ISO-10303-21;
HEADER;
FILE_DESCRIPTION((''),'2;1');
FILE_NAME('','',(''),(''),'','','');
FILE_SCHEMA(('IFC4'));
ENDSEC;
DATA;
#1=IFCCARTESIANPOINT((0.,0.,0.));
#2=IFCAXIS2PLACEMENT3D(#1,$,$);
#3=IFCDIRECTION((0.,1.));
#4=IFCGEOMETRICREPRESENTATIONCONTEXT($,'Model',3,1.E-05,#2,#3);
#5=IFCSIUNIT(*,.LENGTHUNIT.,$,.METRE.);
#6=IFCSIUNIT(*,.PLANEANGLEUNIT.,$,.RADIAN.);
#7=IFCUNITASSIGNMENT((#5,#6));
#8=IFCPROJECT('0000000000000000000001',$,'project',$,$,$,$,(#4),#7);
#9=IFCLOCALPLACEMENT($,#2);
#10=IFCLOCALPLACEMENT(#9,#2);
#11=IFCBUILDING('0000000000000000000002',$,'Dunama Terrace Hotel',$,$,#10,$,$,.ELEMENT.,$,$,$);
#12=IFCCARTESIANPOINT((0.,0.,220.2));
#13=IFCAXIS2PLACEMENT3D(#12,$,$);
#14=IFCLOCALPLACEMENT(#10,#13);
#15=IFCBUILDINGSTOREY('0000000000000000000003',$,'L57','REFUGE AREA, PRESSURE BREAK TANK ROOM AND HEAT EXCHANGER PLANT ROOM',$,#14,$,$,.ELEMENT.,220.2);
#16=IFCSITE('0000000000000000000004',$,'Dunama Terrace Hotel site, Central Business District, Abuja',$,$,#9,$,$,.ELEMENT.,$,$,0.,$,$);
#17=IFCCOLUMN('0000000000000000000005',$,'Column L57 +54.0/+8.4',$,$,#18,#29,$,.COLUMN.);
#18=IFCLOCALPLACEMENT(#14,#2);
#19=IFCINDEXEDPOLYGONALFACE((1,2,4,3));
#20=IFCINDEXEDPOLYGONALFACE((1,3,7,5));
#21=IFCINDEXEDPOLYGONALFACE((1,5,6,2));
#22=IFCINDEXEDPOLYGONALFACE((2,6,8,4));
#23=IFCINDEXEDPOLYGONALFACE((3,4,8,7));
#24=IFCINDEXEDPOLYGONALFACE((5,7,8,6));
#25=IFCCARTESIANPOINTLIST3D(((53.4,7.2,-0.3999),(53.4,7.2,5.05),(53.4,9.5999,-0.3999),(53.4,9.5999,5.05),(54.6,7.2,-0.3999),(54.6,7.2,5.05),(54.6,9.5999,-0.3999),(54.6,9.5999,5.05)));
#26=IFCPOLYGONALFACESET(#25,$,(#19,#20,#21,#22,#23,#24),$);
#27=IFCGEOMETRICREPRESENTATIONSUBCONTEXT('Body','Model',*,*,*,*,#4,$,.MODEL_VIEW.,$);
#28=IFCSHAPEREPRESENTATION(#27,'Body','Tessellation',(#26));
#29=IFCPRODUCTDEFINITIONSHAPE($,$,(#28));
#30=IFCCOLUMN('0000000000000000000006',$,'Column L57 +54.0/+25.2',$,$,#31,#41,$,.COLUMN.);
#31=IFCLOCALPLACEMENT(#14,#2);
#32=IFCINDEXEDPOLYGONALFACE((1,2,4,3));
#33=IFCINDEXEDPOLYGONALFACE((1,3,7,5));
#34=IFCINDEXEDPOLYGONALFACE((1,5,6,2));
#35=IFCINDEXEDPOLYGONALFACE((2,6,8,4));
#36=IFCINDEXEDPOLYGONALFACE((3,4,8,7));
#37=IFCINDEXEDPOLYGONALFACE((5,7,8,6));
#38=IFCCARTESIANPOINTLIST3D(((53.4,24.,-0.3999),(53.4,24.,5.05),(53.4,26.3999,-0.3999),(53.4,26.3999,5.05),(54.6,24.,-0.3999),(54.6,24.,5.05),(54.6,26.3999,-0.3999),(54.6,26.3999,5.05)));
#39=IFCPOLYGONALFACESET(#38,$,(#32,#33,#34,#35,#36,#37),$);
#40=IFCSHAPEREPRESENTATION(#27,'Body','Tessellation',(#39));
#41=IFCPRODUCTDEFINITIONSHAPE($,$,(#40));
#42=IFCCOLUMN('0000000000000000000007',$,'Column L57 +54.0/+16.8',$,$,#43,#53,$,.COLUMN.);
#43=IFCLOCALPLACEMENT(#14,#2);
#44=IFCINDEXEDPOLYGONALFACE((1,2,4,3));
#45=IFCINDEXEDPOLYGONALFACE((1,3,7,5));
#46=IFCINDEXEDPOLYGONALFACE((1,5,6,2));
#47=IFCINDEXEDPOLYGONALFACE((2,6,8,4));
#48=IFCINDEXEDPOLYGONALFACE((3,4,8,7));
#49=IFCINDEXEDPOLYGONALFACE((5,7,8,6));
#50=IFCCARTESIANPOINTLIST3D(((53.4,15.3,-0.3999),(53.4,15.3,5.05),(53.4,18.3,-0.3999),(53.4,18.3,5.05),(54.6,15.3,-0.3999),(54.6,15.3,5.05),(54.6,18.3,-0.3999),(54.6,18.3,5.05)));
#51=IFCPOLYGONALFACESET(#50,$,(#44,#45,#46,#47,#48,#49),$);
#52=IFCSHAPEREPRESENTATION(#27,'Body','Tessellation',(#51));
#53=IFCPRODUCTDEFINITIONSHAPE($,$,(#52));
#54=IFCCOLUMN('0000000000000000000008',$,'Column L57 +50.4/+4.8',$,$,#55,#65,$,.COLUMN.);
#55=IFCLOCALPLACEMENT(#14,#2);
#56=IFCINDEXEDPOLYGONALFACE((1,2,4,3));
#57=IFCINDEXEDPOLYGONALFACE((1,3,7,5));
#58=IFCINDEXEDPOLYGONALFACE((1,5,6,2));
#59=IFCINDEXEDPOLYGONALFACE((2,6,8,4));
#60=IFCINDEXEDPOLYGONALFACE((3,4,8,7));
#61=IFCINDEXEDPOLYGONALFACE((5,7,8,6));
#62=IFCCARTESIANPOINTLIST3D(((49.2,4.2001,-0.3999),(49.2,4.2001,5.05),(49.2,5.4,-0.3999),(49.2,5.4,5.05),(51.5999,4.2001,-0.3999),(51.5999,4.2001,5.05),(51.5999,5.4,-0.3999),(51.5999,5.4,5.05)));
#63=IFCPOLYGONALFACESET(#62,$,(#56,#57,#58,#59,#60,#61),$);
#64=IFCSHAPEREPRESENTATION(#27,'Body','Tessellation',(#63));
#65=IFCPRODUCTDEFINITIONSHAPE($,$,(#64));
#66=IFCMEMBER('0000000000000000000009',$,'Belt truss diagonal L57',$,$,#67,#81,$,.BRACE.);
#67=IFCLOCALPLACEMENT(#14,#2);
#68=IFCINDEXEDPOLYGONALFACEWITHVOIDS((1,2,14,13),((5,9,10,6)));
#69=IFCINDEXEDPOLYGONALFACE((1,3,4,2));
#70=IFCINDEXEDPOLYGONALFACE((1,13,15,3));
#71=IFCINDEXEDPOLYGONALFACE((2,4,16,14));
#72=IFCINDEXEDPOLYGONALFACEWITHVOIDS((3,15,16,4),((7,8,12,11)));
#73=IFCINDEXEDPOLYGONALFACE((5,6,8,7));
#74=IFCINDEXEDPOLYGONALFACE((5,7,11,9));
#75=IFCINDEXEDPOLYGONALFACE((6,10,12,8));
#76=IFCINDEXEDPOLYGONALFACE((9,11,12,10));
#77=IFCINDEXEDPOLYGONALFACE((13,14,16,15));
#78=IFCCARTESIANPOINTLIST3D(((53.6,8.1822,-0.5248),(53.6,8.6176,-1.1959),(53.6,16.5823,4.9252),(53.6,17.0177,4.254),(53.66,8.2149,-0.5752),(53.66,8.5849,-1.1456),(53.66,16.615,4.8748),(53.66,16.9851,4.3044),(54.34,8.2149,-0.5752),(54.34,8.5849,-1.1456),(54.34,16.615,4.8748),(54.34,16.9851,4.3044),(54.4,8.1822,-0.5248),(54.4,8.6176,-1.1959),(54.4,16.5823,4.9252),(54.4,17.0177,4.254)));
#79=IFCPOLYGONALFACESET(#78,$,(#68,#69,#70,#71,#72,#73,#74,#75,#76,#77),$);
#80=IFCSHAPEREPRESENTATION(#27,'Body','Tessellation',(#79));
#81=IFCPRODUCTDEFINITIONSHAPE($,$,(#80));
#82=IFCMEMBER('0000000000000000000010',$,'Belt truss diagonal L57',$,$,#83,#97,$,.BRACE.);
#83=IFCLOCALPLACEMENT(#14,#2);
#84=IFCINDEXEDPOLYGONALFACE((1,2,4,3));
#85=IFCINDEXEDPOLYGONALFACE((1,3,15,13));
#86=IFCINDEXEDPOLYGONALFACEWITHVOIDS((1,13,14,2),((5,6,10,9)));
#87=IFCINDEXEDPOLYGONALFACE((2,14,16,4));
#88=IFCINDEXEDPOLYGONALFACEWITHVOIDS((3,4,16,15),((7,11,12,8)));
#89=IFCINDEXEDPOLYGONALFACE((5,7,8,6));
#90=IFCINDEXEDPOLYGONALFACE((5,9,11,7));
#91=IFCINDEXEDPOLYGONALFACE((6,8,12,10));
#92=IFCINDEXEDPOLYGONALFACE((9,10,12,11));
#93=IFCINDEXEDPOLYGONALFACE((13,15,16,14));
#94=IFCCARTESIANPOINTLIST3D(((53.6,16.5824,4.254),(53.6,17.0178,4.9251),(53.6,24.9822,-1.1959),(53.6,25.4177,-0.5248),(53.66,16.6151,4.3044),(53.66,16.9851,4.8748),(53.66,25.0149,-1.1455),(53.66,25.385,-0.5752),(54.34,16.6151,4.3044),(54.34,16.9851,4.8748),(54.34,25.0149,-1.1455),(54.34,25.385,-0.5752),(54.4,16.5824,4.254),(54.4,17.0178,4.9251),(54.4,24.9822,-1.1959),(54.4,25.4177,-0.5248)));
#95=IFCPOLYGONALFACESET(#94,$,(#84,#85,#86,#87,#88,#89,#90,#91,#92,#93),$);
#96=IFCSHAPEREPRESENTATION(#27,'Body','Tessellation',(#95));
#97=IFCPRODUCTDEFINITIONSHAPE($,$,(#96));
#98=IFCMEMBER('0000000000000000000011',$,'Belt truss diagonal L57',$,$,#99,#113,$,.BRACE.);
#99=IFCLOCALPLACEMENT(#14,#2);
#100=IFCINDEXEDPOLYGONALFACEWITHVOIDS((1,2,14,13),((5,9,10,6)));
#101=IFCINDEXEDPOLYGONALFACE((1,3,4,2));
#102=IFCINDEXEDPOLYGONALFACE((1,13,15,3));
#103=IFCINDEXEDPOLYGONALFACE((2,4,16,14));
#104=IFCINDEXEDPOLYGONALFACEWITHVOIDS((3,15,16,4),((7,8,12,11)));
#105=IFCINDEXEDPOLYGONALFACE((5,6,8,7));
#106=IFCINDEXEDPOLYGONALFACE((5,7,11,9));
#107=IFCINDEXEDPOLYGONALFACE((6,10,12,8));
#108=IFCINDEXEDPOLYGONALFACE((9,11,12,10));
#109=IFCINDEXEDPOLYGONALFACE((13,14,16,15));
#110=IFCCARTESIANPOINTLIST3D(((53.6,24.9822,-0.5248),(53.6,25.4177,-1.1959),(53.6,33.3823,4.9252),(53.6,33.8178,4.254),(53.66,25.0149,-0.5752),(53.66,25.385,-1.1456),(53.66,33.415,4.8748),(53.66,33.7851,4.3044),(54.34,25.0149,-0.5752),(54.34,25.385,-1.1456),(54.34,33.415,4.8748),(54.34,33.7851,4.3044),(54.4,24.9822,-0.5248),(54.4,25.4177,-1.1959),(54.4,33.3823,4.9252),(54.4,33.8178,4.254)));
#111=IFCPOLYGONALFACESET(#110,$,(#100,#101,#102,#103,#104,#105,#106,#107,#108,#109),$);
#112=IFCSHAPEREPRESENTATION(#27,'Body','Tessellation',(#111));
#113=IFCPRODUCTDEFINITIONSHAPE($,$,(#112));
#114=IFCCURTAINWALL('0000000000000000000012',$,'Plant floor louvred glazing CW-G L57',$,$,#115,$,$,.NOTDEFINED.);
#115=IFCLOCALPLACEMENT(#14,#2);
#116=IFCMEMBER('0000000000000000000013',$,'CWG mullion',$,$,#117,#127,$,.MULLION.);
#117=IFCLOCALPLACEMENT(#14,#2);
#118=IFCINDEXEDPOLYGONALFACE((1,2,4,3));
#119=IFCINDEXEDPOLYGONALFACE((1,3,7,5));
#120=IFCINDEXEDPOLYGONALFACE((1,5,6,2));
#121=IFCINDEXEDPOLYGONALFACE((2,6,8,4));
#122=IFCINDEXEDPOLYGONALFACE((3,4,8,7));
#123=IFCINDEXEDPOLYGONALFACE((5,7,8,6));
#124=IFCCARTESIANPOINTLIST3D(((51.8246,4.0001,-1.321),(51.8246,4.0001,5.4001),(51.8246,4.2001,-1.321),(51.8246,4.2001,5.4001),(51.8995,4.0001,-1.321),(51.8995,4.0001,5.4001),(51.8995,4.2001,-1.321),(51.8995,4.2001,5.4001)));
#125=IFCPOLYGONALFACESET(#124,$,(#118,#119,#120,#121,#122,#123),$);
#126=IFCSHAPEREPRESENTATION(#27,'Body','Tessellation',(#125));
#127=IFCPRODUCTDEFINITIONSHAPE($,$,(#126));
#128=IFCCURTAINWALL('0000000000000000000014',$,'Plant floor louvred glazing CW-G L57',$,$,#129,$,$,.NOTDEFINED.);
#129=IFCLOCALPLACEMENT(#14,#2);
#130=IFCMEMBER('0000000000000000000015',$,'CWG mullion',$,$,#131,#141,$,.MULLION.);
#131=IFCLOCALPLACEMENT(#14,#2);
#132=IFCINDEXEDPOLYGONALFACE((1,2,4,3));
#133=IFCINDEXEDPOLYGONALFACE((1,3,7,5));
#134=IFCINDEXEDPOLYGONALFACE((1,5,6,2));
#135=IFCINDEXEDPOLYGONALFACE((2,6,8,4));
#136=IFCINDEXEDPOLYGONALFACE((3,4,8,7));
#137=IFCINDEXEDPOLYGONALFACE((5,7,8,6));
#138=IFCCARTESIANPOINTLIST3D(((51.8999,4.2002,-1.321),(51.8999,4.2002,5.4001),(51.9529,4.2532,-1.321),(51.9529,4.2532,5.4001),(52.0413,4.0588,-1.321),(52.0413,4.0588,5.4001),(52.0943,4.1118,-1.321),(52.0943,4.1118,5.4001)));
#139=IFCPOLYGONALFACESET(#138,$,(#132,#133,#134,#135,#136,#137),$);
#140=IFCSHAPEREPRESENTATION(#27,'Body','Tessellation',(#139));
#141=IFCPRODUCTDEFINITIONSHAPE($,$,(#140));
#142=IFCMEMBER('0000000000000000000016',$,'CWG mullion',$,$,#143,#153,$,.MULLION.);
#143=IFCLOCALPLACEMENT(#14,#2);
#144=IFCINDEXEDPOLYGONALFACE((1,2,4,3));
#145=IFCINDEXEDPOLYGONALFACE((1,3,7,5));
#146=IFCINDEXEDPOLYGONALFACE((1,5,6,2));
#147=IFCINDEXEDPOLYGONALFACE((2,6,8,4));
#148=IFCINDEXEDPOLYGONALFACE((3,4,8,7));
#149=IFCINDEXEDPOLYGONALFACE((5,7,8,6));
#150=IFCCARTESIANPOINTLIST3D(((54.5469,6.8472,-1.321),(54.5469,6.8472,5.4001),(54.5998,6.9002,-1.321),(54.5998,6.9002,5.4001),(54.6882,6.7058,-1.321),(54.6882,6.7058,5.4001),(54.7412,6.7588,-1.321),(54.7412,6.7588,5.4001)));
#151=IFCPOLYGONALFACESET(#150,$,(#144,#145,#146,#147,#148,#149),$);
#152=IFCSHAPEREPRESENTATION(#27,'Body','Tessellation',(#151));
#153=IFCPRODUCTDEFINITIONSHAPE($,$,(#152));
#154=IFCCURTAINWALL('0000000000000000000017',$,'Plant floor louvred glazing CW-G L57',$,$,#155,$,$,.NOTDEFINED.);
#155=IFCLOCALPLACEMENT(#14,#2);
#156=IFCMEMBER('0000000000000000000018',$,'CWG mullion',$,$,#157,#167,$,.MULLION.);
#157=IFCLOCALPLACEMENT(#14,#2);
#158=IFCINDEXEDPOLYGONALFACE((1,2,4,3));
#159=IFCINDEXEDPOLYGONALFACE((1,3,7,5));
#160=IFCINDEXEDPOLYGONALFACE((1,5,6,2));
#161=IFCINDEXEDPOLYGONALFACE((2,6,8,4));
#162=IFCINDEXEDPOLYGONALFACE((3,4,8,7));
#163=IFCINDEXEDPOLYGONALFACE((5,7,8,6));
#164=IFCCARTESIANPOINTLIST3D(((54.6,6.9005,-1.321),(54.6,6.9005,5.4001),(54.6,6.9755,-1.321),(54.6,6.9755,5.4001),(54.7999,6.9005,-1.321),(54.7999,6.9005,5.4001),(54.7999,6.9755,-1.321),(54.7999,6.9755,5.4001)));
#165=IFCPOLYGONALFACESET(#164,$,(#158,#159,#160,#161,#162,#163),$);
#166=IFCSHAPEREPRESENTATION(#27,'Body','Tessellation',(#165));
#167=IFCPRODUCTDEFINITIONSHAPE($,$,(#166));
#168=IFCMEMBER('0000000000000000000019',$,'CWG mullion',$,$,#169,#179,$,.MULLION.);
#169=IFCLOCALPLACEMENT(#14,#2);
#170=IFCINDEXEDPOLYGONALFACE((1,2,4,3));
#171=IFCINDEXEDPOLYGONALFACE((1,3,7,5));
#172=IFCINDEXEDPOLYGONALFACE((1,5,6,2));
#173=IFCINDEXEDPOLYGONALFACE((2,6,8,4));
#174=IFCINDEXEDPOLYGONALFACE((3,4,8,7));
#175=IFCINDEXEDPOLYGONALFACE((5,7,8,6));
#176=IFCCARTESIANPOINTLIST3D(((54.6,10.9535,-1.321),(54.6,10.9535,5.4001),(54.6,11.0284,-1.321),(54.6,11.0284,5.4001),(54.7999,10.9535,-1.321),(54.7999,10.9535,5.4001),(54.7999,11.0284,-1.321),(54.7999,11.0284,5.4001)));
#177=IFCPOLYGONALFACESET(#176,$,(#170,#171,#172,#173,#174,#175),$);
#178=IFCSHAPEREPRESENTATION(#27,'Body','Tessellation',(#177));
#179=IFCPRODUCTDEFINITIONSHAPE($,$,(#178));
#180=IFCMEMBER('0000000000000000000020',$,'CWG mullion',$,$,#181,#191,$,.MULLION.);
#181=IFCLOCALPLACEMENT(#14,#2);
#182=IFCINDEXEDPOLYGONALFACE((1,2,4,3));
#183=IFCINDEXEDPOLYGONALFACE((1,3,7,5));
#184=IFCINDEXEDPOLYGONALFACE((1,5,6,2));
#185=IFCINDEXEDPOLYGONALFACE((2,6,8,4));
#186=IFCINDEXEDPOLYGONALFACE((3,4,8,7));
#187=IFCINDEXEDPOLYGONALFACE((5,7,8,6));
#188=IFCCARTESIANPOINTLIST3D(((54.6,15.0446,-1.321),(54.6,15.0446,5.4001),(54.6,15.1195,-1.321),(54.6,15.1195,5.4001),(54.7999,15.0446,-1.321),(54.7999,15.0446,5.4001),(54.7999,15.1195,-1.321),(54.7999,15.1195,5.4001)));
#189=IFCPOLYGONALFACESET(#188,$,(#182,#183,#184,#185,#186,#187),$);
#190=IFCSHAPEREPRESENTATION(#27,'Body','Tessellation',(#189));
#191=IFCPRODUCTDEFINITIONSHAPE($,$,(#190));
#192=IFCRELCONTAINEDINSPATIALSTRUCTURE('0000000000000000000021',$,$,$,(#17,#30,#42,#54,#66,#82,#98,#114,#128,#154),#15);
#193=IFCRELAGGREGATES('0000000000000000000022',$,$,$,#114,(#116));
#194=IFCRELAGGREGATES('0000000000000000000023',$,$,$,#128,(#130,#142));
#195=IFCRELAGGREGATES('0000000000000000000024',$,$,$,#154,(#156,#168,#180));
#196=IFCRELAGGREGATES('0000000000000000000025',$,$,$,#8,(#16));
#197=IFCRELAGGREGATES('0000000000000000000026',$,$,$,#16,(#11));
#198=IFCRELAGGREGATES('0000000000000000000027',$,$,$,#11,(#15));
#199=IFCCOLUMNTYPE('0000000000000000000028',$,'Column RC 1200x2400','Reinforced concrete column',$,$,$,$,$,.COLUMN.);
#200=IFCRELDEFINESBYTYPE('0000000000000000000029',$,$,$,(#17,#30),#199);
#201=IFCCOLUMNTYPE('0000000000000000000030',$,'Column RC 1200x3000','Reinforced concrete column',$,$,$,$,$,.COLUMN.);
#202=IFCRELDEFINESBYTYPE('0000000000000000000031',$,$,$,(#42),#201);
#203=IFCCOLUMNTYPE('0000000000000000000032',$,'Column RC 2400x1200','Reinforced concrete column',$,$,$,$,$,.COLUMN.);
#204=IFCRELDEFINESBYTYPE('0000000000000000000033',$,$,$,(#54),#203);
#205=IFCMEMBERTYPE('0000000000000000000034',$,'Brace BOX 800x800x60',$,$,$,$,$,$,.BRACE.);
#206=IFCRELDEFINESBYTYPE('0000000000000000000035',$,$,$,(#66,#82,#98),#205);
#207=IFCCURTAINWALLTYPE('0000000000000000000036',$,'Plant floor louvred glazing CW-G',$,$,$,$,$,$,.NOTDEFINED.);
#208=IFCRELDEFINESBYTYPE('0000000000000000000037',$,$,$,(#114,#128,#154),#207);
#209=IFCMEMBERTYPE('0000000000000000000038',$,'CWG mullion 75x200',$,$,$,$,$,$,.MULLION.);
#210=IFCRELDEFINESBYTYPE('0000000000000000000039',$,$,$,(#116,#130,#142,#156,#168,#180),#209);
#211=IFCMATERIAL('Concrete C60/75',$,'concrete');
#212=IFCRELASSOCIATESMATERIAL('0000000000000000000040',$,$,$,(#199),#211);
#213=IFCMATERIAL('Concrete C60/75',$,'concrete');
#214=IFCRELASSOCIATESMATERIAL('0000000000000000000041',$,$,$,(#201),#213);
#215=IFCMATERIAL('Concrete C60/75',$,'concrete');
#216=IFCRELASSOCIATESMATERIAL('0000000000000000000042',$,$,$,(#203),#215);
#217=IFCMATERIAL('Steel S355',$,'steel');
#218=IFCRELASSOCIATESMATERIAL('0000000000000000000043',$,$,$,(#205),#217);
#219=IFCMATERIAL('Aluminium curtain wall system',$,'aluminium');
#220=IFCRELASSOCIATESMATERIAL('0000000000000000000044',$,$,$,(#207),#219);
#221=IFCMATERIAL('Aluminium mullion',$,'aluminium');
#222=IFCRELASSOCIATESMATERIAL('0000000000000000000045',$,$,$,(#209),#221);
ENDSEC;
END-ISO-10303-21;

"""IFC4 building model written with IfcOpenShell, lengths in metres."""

from ifc_helpers import new_model, si_unit, direction, frame, origin, origin_2d, place, context, subcontext, project, spatial, rectangle, hollow_rectangle, extrude, material, material_profile, profile_set, type_object, element, aggregate, save


model = new_model("IFC4")

# Units and contexts
model_context = context("Model", 3, precision=1e-05, world=origin(), true_north=direction((0.0, 1.0)))
body_context = subcontext(model_context, "Body", "Model", "MODEL_VIEW")
ifc_project = project(units=[si_unit("LENGTHUNIT", "METRE"), si_unit("PLANEANGLEUNIT", "RADIAN")], contexts=[model_context])

# Site, building, storey
site_placement = place(None, origin())
site = spatial("IfcSite", under=ifc_project, at=site_placement, Name="Dunama Terrace Hotel site, Central Business District, Abuja", CompositionType="ELEMENT", RefElevation=0.0)
building_placement = place(site_placement, origin())
building = spatial("IfcBuilding", under=site, at=building_placement, Name="Dunama Terrace Hotel", CompositionType="ELEMENT")
storey_placement = place(building_placement, frame((0.0, 0.0, 220.2)))
storey = spatial("IfcBuildingStorey", under=building, at=storey_placement, Name="L57", Description="REFUGE AREA, PRESSURE BREAK TANK ROOM AND HEAT EXCHANGER PLANT ROOM", CompositionType="ELEMENT", Elevation=220.2)

# Columns
ifc_material_1 = material(Name="Concrete C60/75", Category="concrete")
ifc_material_profile_1 = material_profile(ifc_material_1, rectangle(XDim=1.2, YDim=2.3999, at=origin_2d()), Name="RC 1200x2400")
ifc_profile_set_1 = profile_set([ifc_material_profile_1], Name="Concrete C60/75")
column_type_1 = type_object("IfcColumnType", Name="Column RC 1200x2400", Description="Reinforced concrete column", PredefinedType="COLUMN", material=ifc_profile_set_1)
for number, where, z_axis, x_axis, name in (
    (1, (54.0, 8.3999, -0.3999), (0.0, 0.0, 1.0), (1.0, 0.0, 0.0), "Column L57 +54.0/+8.4"),
    (2, (54.0, 25.2, -0.3999), (0.0, 0.0, 1.0), (1.0, 0.0, 0.0), "Column L57 +54.0/+25.2"),
):
    element("IfcColumn", number, at=place(storey_placement, frame(where, z_axis=z_axis, x_axis=x_axis)), inside=storey, type_object=column_type_1, Name=name, PredefinedType="COLUMN", context=body_context, shape_type="SweptSolid", body=[
        extrude(rectangle(XDim=1.2, YDim=2.3999, at=origin_2d()), origin(), (0.0, 0.0, 1.0), 5.45),
    ])
ifc_material_2 = material(Name="Concrete C60/75", Category="concrete")
ifc_material_profile_2 = material_profile(ifc_material_2, rectangle(XDim=1.2, YDim=3.0, at=origin_2d()), Name="RC 1200x3000")
ifc_profile_set_2 = profile_set([ifc_material_profile_2], Name="Concrete C60/75")
column_type_2 = type_object("IfcColumnType", Name="Column RC 1200x3000", Description="Reinforced concrete column", PredefinedType="COLUMN", material=ifc_profile_set_2)
column_1_placement = place(storey_placement, frame((54.0, 16.8, -0.3999), z_axis=(0.0, 0.0, 1.0), x_axis=(1.0, 0.0, 0.0)))
element("IfcColumn", 3, at=column_1_placement, inside=storey, type_object=column_type_2, Name="Column L57 +54.0/+16.8", PredefinedType="COLUMN", context=body_context, shape_type="SweptSolid", body=[
    extrude(rectangle(XDim=1.2, YDim=3.0, at=origin_2d()), origin(), (0.0, 0.0, 1.0), 5.45),
])
ifc_material_3 = material(Name="Concrete C60/75", Category="concrete")
ifc_material_profile_3 = material_profile(ifc_material_3, rectangle(XDim=2.3999, YDim=1.2, at=origin_2d()), Name="RC 2400x1200")
ifc_profile_set_3 = profile_set([ifc_material_profile_3], Name="Concrete C60/75")
column_type_3 = type_object("IfcColumnType", Name="Column RC 2400x1200", Description="Reinforced concrete column", PredefinedType="COLUMN", material=ifc_profile_set_3)
column_2_placement = place(storey_placement, frame((50.3999, 4.8, -0.3999), z_axis=(0.0, 0.0, 1.0), x_axis=(1.0, 0.0, 0.0)))
element("IfcColumn", 4, at=column_2_placement, inside=storey, type_object=column_type_3, Name="Column L57 +50.4/+4.8", PredefinedType="COLUMN", context=body_context, shape_type="SweptSolid", body=[
    extrude(rectangle(XDim=2.3999, YDim=1.2, at=origin_2d()), origin(), (0.0, 0.0, 1.0), 5.45),
])

# Members
ifc_material_4 = material(Name="Steel S355", Category="steel")
ifc_material_profile_4 = material_profile(ifc_material_4, hollow_rectangle(XDim=0.8, YDim=0.8, WallThickness=0.0601, at=origin_2d()), Name="BOX 800x800x60")
ifc_profile_set_4 = profile_set([ifc_material_profile_4], Name="Steel S355")
member_type_1 = type_object("IfcMemberType", Name="Brace BOX 800x800x60", PredefinedType="BRACE", material=ifc_profile_set_4)
member_1_placement = place(storey_placement, frame((54.0, 8.3999, -0.8604), z_axis=(0.0, 0.838906, 0.544276), x_axis=(-1.0, 0.0, 0.0)))
element("IfcMember", 5, at=member_1_placement, inside=storey, type_object=member_type_1, Name="Belt truss diagonal L57", PredefinedType="BRACE", context=body_context, shape_type="SweptSolid", body=[
    extrude(hollow_rectangle(XDim=0.8, YDim=0.8, WallThickness=0.0601, at=origin_2d()), origin(), (0.0, 0.0, 1.0), 10.0132),
])
member_2_placement = place(storey_placement, frame((54.0, 25.2, -0.8604), z_axis=(0.0, -0.838899, 0.544287), x_axis=(1.0, 0.0, 0.0)))
element("IfcMember", 6, at=member_2_placement, inside=storey, type_object=member_type_1, Name="Belt truss diagonal L57", PredefinedType="BRACE", context=body_context, shape_type="SweptSolid", body=[
    extrude(hollow_rectangle(XDim=0.8, YDim=0.8, WallThickness=0.0601, at=origin_2d()), origin(), (0.0, 0.0, 1.0), 10.0129),
])
member_3_placement = place(storey_placement, frame((54.0, 25.2, -0.8604), z_axis=(0.0, 0.838906, 0.544276), x_axis=(-1.0, 0.0, 0.0)))
element("IfcMember", 7, at=member_3_placement, inside=storey, type_object=member_type_1, Name="Belt truss diagonal L57", PredefinedType="BRACE", context=body_context, shape_type="SweptSolid", body=[
    extrude(hollow_rectangle(XDim=0.8, YDim=0.8, WallThickness=0.0601, at=origin_2d()), origin(), (0.0, 0.0, 1.0), 10.0132),
])

# Curtain wall, member
ifc_material_5 = material(Name="Aluminium curtain wall system", Category="aluminium")
curtain_wall_type = type_object("IfcCurtainWallType", Name="Plant floor louvred glazing CW-G", PredefinedType="NOTDEFINED", material=ifc_material_5)
curtain_wall_1_placement = place(storey_placement, origin())
curtain_wall_1 = element("IfcCurtainWall", 8, at=curtain_wall_1_placement, inside=storey, type_object=curtain_wall_type, Name="Plant floor louvred glazing CW-G L57", PredefinedType="NOTDEFINED")
ifc_material_6 = material(Name="Aluminium mullion", Category="aluminium")
ifc_material_profile_5 = material_profile(ifc_material_6, rectangle(XDim=0.075, YDim=0.2, at=origin_2d()), Name="CWG MULLION 75X200")
ifc_profile_set_5 = profile_set([ifc_material_profile_5], Name="Aluminium mullion")
member_type_2 = type_object("IfcMemberType", Name="CWG mullion 75x200", PredefinedType="MULLION", material=ifc_profile_set_5)
member_4_placement = place(storey_placement, frame((51.8621, 4.1001, -1.321), z_axis=(0.0, 0.0, 1.0), x_axis=(1.0, 0.0, 0.0)))
member_4 = element("IfcMember", 9, at=member_4_placement, type_object=member_type_2, Name="CWG mullion", PredefinedType="MULLION", context=body_context, shape_type="SweptSolid", body=[
    extrude(rectangle(XDim=0.075, YDim=0.2, at=origin_2d()), origin(), (0.0, 0.0, 1.0), 6.7212),
])

# Curtain walls, members
curtain_wall_2_placement = place(storey_placement, origin())
curtain_wall_2 = element("IfcCurtainWall", 10, at=curtain_wall_2_placement, inside=storey, type_object=curtain_wall_type, Name="Plant floor louvred glazing CW-G L57", PredefinedType="NOTDEFINED")
member_5_placement = place(storey_placement, frame((51.9971, 4.156, -1.321), z_axis=(0.0, 0.0, 1.0), x_axis=(0.707107, 0.707107, 0.0)))
member_5 = element("IfcMember", 11, at=member_5_placement, type_object=member_type_2, Name="CWG mullion", PredefinedType="MULLION", context=body_context, shape_type="SweptSolid", body=[
    extrude(rectangle(XDim=0.075, YDim=0.2, at=origin_2d()), origin(), (0.0, 0.0, 1.0), 6.7212),
])
member_6_placement = place(storey_placement, frame((54.644, 6.803, -1.321), z_axis=(0.0, 0.0, 1.0), x_axis=(0.707107, 0.707107, 0.0)))
member_6 = element("IfcMember", 12, at=member_6_placement, type_object=member_type_2, Name="CWG mullion", PredefinedType="MULLION", context=body_context, shape_type="SweptSolid", body=[
    extrude(rectangle(XDim=0.075, YDim=0.2, at=origin_2d()), origin(), (0.0, 0.0, 1.0), 6.7212),
])
curtain_wall_3_placement = place(storey_placement, origin())
curtain_wall_3 = element("IfcCurtainWall", 13, at=curtain_wall_3_placement, inside=storey, type_object=curtain_wall_type, Name="Plant floor louvred glazing CW-G L57", PredefinedType="NOTDEFINED")
member_7_placement = place(storey_placement, frame((54.7, 6.938, -1.321), z_axis=(0.0, 0.0, 1.0), x_axis=(0.0, 1.0, 0.0)))
member_7 = element("IfcMember", 14, at=member_7_placement, type_object=member_type_2, Name="CWG mullion", PredefinedType="MULLION", context=body_context, shape_type="SweptSolid", body=[
    extrude(rectangle(XDim=0.075, YDim=0.2, at=origin_2d()), origin(), (0.0, 0.0, 1.0), 6.7212),
])
member_8_placement = place(storey_placement, frame((54.7, 10.991, -1.321), z_axis=(0.0, 0.0, 1.0), x_axis=(0.0, 1.0, 0.0)))
member_8 = element("IfcMember", 15, at=member_8_placement, type_object=member_type_2, Name="CWG mullion", PredefinedType="MULLION", context=body_context, shape_type="SweptSolid", body=[
    extrude(rectangle(XDim=0.075, YDim=0.2, at=origin_2d()), origin(), (0.0, 0.0, 1.0), 6.7212),
])
member_9_placement = place(storey_placement, frame((54.7, 15.082, -1.321), z_axis=(0.0, 0.0, 1.0), x_axis=(0.0, 1.0, 0.0)))
member_9 = element("IfcMember", 16, at=member_9_placement, type_object=member_type_2, Name="CWG mullion", PredefinedType="MULLION", context=body_context, shape_type="SweptSolid", body=[
    extrude(rectangle(XDim=0.075, YDim=0.2, at=origin_2d()), origin(), (0.0, 0.0, 1.0), 6.7212),
])

aggregate(curtain_wall_1, [member_4])
aggregate(curtain_wall_2, [member_5, member_6])
aggregate(curtain_wall_3, [member_7, member_8, member_9])

save(model, "model.ifc")
